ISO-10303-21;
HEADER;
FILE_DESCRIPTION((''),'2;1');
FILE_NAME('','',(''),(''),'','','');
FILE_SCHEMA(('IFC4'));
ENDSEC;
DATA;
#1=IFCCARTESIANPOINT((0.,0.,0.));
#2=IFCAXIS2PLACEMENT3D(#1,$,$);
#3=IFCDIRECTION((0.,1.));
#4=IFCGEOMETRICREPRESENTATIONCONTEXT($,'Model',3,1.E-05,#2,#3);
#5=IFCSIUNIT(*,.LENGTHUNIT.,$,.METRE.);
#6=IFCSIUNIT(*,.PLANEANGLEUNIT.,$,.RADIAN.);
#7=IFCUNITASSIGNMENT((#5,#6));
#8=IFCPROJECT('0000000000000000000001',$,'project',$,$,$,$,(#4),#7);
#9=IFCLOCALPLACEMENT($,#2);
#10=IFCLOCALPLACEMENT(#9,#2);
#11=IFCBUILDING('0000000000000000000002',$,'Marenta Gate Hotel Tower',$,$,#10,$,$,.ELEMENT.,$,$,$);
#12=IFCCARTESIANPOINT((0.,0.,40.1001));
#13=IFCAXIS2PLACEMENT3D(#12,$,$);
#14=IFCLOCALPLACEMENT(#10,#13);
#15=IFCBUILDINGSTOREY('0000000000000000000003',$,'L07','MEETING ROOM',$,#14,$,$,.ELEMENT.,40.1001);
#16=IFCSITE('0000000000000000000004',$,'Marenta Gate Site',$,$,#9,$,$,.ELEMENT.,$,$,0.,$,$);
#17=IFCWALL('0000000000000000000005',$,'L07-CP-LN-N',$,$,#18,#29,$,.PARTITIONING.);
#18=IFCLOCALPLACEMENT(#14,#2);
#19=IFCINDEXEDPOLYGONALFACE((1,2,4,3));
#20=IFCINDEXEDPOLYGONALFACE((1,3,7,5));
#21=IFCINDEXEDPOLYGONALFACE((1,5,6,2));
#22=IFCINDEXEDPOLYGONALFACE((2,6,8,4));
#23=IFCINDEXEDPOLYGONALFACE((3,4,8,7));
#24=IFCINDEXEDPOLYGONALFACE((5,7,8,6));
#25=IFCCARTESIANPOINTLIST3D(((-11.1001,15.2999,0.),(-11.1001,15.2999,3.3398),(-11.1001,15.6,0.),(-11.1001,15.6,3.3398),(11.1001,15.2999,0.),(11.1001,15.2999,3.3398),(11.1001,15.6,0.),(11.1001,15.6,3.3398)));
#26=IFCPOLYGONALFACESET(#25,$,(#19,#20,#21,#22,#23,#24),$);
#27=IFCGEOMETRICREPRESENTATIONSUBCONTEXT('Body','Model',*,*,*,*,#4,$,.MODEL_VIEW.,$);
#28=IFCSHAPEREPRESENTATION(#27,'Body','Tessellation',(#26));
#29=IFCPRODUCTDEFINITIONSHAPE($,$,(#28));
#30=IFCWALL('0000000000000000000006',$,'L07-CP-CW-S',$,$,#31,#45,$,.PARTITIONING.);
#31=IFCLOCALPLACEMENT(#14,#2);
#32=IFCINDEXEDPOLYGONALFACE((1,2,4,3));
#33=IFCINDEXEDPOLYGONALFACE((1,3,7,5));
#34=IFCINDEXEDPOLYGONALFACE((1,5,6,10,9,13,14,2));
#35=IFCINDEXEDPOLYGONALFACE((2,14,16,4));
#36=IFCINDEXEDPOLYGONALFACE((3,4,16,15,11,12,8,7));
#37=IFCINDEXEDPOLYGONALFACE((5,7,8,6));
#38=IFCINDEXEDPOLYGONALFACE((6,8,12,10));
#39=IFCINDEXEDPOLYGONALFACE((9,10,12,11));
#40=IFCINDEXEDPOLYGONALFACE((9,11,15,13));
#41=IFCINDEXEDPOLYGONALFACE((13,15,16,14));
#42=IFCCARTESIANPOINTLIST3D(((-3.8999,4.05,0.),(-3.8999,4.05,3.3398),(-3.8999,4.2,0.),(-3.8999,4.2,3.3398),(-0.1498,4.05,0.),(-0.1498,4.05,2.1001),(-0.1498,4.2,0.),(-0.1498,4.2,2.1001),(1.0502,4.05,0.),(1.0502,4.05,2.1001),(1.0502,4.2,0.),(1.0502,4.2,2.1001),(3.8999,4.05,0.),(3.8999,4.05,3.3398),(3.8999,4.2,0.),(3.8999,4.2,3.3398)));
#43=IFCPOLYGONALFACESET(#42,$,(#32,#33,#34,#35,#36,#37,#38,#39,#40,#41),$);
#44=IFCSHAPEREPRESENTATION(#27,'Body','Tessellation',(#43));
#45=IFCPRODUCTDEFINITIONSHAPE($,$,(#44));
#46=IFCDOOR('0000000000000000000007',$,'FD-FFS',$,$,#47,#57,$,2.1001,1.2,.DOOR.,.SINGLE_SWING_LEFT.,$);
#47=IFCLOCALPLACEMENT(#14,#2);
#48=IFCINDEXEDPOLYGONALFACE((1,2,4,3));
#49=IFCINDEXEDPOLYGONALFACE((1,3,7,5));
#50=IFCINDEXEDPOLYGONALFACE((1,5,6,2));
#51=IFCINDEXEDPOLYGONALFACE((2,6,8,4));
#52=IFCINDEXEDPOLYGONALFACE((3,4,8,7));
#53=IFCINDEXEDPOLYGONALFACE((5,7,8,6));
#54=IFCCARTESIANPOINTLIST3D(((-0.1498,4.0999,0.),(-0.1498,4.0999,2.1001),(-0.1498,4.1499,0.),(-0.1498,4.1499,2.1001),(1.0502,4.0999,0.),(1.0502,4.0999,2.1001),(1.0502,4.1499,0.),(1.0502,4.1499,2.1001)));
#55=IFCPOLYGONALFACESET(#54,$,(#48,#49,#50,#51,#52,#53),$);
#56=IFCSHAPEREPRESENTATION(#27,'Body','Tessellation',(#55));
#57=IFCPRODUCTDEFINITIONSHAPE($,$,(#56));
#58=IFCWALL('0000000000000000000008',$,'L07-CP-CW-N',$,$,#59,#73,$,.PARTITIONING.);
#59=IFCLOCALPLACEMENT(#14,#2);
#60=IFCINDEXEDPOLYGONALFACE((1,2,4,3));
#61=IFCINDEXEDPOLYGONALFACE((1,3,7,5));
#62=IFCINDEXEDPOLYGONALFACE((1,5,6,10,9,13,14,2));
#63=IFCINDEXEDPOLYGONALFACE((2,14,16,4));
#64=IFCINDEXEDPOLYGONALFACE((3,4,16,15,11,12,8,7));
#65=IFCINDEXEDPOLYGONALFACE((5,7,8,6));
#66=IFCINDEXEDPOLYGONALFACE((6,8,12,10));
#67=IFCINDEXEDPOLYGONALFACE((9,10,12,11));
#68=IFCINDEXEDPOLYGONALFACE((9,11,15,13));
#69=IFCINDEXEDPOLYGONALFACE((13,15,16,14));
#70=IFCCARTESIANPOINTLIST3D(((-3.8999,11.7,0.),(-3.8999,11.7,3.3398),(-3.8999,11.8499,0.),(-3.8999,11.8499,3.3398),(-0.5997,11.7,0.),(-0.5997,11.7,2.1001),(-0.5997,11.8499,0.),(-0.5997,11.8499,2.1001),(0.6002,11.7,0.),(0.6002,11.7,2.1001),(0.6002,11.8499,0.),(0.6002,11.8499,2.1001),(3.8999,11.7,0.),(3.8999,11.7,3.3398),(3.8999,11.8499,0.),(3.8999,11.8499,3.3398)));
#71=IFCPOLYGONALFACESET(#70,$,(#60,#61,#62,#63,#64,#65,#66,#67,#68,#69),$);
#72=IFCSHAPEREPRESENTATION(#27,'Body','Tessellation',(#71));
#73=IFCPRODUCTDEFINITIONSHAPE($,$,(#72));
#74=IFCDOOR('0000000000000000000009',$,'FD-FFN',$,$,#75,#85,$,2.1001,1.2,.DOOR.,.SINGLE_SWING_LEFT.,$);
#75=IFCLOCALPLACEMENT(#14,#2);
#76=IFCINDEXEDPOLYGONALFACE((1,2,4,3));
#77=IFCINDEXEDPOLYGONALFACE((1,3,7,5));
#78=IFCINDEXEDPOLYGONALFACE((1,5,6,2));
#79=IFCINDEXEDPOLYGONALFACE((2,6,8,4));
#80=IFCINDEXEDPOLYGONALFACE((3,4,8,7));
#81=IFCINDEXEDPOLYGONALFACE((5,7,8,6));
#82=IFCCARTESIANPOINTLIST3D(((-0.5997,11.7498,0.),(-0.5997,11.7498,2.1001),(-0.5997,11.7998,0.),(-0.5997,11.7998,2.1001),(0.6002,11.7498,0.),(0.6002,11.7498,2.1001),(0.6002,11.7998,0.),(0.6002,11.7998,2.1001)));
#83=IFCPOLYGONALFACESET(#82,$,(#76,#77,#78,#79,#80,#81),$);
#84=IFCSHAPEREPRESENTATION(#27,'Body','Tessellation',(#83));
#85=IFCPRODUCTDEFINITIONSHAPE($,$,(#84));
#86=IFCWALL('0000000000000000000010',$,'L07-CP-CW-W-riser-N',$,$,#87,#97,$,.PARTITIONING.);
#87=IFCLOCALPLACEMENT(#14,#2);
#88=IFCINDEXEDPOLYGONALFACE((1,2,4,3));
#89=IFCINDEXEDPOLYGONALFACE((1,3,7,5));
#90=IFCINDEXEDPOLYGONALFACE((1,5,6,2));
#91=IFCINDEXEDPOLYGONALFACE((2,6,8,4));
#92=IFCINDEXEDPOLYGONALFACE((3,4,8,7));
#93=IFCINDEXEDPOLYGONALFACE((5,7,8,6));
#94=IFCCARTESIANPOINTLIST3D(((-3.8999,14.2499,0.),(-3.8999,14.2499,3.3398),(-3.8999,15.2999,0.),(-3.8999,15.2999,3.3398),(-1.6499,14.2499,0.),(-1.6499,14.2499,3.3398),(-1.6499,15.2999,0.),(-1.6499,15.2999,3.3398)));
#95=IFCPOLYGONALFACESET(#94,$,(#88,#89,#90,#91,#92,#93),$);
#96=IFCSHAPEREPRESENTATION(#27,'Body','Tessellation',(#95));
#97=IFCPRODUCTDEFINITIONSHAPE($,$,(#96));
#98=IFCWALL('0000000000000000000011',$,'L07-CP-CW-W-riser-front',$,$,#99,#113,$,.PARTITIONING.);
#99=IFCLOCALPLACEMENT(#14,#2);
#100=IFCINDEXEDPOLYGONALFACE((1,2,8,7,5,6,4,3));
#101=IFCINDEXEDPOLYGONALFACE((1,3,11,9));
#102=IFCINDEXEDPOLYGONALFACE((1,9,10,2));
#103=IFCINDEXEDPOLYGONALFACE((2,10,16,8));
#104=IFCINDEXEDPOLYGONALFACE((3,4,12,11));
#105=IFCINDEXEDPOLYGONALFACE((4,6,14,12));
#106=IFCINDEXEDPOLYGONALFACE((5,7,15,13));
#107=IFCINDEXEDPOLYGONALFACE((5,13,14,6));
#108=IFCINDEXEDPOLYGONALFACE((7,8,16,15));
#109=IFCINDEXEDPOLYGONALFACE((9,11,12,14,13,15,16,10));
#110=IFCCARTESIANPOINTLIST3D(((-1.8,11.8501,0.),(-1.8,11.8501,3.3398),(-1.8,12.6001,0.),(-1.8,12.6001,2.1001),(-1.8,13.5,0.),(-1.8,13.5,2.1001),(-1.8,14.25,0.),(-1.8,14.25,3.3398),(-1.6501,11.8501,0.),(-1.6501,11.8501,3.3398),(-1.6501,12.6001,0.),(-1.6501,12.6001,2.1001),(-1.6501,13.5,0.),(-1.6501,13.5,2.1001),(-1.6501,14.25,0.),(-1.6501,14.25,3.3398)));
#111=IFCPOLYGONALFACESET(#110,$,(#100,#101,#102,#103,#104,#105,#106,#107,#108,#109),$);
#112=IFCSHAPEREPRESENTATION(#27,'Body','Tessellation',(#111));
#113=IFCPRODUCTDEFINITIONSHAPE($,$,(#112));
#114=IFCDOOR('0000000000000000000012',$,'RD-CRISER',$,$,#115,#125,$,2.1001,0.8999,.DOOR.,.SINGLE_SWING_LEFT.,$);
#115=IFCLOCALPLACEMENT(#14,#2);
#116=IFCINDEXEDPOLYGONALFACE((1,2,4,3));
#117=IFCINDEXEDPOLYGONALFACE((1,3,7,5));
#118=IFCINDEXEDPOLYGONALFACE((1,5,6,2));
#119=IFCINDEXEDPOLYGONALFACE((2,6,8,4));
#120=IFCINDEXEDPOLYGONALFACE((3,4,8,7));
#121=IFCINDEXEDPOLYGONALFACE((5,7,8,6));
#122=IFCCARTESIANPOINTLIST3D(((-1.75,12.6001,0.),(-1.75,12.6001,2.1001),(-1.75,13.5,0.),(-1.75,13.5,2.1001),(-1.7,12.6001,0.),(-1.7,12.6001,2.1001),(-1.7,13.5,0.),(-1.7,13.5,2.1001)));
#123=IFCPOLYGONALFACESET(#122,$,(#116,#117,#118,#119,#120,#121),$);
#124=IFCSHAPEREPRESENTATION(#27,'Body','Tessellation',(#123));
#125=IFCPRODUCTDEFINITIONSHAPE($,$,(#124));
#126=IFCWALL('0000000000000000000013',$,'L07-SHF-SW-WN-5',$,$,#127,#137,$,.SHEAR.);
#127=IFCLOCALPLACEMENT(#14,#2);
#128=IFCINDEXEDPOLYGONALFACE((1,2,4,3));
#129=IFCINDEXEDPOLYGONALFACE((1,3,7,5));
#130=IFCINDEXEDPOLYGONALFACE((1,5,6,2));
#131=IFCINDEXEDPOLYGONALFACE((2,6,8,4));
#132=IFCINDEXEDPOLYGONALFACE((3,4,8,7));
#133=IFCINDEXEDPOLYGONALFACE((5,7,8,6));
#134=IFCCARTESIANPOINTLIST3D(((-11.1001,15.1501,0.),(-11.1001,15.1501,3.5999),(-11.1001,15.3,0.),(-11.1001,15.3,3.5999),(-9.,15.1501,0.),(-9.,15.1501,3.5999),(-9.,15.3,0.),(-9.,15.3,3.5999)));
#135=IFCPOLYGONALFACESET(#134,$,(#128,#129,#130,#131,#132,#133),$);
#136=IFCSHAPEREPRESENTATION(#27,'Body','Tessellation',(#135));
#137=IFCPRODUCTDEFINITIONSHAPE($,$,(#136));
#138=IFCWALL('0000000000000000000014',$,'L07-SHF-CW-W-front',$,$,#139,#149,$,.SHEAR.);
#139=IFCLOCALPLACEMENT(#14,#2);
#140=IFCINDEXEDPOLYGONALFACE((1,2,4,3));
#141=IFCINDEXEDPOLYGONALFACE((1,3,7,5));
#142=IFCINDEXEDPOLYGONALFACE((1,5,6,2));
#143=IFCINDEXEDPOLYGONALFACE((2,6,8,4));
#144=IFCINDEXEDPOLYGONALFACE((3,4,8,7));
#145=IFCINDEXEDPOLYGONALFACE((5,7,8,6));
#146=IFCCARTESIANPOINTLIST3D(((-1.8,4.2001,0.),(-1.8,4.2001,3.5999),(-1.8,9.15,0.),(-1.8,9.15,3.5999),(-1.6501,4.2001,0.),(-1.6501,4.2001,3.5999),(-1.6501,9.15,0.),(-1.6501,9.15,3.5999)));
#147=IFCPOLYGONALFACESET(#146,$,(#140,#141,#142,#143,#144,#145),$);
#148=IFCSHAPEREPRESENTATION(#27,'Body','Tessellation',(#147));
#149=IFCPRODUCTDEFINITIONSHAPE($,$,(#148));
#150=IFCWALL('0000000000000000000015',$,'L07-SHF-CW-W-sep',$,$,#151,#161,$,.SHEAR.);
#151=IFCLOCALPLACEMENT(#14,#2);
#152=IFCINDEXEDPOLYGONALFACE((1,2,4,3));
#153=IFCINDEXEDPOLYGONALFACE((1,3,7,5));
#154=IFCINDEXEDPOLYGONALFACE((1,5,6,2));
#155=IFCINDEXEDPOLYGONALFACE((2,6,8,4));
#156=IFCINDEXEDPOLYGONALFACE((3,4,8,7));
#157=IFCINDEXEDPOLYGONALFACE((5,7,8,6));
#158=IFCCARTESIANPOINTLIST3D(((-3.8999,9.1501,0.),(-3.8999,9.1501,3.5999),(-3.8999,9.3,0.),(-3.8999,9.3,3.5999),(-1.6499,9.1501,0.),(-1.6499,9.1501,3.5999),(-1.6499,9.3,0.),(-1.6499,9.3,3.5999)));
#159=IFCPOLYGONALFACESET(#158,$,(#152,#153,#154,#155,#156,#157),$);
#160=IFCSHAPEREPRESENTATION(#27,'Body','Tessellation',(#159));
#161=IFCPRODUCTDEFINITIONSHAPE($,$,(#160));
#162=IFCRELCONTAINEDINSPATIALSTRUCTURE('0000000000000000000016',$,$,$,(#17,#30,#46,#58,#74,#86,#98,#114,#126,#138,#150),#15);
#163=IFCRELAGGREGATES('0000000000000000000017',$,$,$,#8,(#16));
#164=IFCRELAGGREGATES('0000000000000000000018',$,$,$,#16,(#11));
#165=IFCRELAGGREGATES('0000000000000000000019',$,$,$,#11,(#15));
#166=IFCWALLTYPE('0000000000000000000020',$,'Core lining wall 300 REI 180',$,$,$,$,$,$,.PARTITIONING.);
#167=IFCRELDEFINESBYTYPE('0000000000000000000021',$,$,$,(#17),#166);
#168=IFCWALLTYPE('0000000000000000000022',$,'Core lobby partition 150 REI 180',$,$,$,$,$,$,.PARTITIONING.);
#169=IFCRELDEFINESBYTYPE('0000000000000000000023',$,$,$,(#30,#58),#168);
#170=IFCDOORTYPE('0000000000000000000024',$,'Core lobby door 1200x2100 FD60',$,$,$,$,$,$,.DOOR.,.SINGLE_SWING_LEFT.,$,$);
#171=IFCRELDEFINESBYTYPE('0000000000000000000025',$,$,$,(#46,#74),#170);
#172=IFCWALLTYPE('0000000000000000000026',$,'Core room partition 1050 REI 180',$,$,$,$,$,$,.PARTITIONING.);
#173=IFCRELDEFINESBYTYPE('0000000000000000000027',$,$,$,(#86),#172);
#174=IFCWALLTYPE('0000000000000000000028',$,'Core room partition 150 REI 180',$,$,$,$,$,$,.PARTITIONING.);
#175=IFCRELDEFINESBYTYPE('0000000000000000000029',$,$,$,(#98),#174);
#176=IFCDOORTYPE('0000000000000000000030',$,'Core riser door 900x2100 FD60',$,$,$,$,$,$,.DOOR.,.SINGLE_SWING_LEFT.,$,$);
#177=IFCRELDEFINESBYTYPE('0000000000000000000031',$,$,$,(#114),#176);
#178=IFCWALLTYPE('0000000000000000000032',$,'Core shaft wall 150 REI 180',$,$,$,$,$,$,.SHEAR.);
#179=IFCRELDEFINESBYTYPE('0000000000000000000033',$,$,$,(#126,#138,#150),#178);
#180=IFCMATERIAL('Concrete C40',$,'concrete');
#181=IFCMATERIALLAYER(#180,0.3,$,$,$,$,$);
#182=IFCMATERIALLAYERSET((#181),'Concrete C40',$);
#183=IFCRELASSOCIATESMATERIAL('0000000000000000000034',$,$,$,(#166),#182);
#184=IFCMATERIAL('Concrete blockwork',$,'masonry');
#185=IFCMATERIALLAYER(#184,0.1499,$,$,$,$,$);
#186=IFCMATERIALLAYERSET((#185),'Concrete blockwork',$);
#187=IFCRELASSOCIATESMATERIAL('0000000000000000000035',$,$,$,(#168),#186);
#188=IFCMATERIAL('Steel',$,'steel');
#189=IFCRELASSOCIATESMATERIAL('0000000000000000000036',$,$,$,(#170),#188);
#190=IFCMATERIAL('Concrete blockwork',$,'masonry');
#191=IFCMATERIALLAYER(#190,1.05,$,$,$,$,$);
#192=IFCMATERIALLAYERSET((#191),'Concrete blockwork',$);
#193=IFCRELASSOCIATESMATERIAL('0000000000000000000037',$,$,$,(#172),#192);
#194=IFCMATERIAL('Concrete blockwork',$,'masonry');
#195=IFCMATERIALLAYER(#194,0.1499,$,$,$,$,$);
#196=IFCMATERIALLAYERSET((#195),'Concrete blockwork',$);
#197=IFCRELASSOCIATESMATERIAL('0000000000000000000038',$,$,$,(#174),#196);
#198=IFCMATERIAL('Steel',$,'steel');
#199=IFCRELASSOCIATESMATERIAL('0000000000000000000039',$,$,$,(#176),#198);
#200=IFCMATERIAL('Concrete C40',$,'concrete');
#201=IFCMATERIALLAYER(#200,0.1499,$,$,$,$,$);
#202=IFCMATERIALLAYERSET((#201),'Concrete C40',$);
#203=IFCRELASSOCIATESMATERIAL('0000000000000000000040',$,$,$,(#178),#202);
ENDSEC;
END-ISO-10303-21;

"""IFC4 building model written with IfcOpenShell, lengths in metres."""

from ifc_helpers import new_model, si_unit, direction, frame, frame_2d, origin, place, context, subcontext, project, spatial, rectangle, extrude, material, layer, layer_set, type_object, element, fill, save


model = new_model("IFC4")

# Units and contexts
model_context = context("Model", 3, precision=1e-05, world=origin(), true_north=direction((0.0, 1.0)))
body_context = subcontext(model_context, "Body", "Model", "MODEL_VIEW")
ifc_project = project(units=[si_unit("LENGTHUNIT", "METRE"), si_unit("PLANEANGLEUNIT", "RADIAN")], contexts=[model_context])

# Site, building, storey
site_placement = place(None, origin())
site = spatial("IfcSite", under=ifc_project, at=site_placement, Name="Marenta Gate Site", CompositionType="ELEMENT", RefElevation=0.0)
building_placement = place(site_placement, origin())
building = spatial("IfcBuilding", under=site, at=building_placement, Name="Marenta Gate Hotel Tower", CompositionType="ELEMENT")
storey_placement = place(building_placement, frame((0.0, 0.0, 40.1001)))
storey = spatial("IfcBuildingStorey", under=building, at=storey_placement, Name="L07", Description="MEETING ROOM", CompositionType="ELEMENT", Elevation=40.1001)

# Wall
ifc_material_1 = material(Name="Concrete C40", Category="concrete")
ifc_layer_1 = layer(ifc_material_1, 0.3)
ifc_layer_set_1 = layer_set([ifc_layer_1], Name="Concrete C40")
wall_type_1 = type_object("IfcWallType", Name="Core lining wall 300 REI 180", PredefinedType="PARTITIONING", material=ifc_layer_set_1)
wall_1_placement = place(storey_placement, frame((-11.1001, 15.45, 0.0), z_axis=(0.0, 0.0, 1.0), x_axis=(1.0, 0.0, 0.0)))
element("IfcWall", 1, at=wall_1_placement, inside=storey, type_object=wall_type_1, Name="L07-CP-LN-N", PredefinedType="PARTITIONING", context=body_context, shape_type="SweptSolid", body=[
    extrude(rectangle(XDim=22.2002, YDim=0.3, at=frame_2d((11.1001, 0.0))), origin(), (0.0, 0.0, 1.0), 3.3398),
])

# Walls, openings, doors
ifc_material_2 = material(Name="Concrete blockwork", Category="masonry")
ifc_layer_2 = layer(ifc_material_2, 0.1499)
ifc_layer_set_2 = layer_set([ifc_layer_2], Name="Concrete blockwork")
wall_type_2 = type_object("IfcWallType", Name="Core lobby partition 150 REI 180", PredefinedType="PARTITIONING", material=ifc_layer_set_2)
wall_2_placement = place(storey_placement, frame((-3.8999, 4.125, 0.0), z_axis=(0.0, 0.0, 1.0), x_axis=(1.0, 0.0, 0.0)))
wall_2 = element("IfcWall", 2, at=wall_2_placement, inside=storey, type_object=wall_type_2, Name="L07-CP-CW-S", PredefinedType="PARTITIONING", context=body_context, shape_type="SweptSolid", body=[
    extrude(rectangle(XDim=7.7998, YDim=0.1499, at=frame_2d((3.8999, 0.0))), origin(), (0.0, 0.0, 1.0), 3.3398),
])
opening_1_placement = place(wall_2_placement, frame((3.75, 0.0, 0.0)))
opening_1 = element("IfcOpeningElement", 3, at=opening_1_placement, cuts=wall_2, PredefinedType="OPENING", context=body_context, shape_type="SweptSolid", body=[
    extrude(rectangle(XDim=1.2, YDim=2.1001, at=frame_2d((0.6001, 1.05))), frame((0.0, 0.075, 0.0), z_axis=(0.0, -1.0, 0.0), x_axis=(1.0, 0.0, 0.0)), (0.0, 0.0, 1.0), 0.1499),
])
ifc_material_3 = material(Name="Steel", Category="steel")
door_type_1 = type_object("IfcDoorType", Name="Core lobby door 1200x2100 FD60", OperationType="SINGLE_SWING_LEFT", PredefinedType="DOOR", material=ifc_material_3)
door_1_placement = place(opening_1_placement, origin())
door_1 = element("IfcDoor", 4, at=door_1_placement, inside=storey, type_object=door_type_1, Name="FD-FFS", OperationType="SINGLE_SWING_LEFT", OverallHeight=2.1001, OverallWidth=1.2, PredefinedType="DOOR", context=body_context, shape_type="SweptSolid", body=[
    extrude(rectangle(XDim=1.2, YDim=2.1001, at=frame_2d((0.6001, 1.05))), frame((0.0, 0.0249, 0.0), z_axis=(0.0, -1.0, 0.0), x_axis=(1.0, 0.0, 0.0)), (0.0, 0.0, 1.0), 0.05),
])
fill(opening_1, door_1)
wall_3_placement = place(storey_placement, frame((-3.8999, 11.7749, 0.0), z_axis=(0.0, 0.0, 1.0), x_axis=(1.0, 0.0, 0.0)))
wall_3 = element("IfcWall", 5, at=wall_3_placement, inside=storey, type_object=wall_type_2, Name="L07-CP-CW-N", PredefinedType="PARTITIONING", context=body_context, shape_type="SweptSolid", body=[
    extrude(rectangle(XDim=7.7998, YDim=0.1499, at=frame_2d((3.8999, 0.0))), origin(), (0.0, 0.0, 1.0), 3.3398),
])
opening_2_placement = place(wall_3_placement, frame((3.3, 0.0, 0.0)))
opening_2 = element("IfcOpeningElement", 6, at=opening_2_placement, cuts=wall_3, PredefinedType="OPENING", context=body_context, shape_type="SweptSolid", body=[
    extrude(rectangle(XDim=1.2, YDim=2.1001, at=frame_2d((0.6001, 1.05))), frame((0.0, 0.075, 0.0), z_axis=(0.0, -1.0, 0.0), x_axis=(1.0, 0.0, 0.0)), (0.0, 0.0, 1.0), 0.1499),
])
door_2_placement = place(opening_2_placement, origin())
door_2 = element("IfcDoor", 7, at=door_2_placement, inside=storey, type_object=door_type_1, Name="FD-FFN", OperationType="SINGLE_SWING_LEFT", OverallHeight=2.1001, OverallWidth=1.2, PredefinedType="DOOR", context=body_context, shape_type="SweptSolid", body=[
    extrude(rectangle(XDim=1.2, YDim=2.1001, at=frame_2d((0.6001, 1.05))), frame((0.0, 0.0249, 0.0), z_axis=(0.0, -1.0, 0.0), x_axis=(1.0, 0.0, 0.0)), (0.0, 0.0, 1.0), 0.05),
])
fill(opening_2, door_2)

# Wall
ifc_material_4 = material(Name="Concrete blockwork", Category="masonry")
ifc_layer_3 = layer(ifc_material_4, 1.05)
ifc_layer_set_3 = layer_set([ifc_layer_3], Name="Concrete blockwork")
wall_type_3 = type_object("IfcWallType", Name="Core room partition 1050 REI 180", PredefinedType="PARTITIONING", material=ifc_layer_set_3)
wall_4_placement = place(storey_placement, frame((-3.8999, 14.7749, 0.0), z_axis=(0.0, 0.0, 1.0), x_axis=(1.0, 0.0, 0.0)))
element("IfcWall", 8, at=wall_4_placement, inside=storey, type_object=wall_type_3, Name="L07-CP-CW-W-riser-N", PredefinedType="PARTITIONING", context=body_context, shape_type="SweptSolid", body=[
    extrude(rectangle(XDim=2.25, YDim=1.05, at=frame_2d((1.125, 0.0))), origin(), (0.0, 0.0, 1.0), 3.3398),
])

# Wall, opening, door
ifc_material_5 = material(Name="Concrete blockwork", Category="masonry")
ifc_layer_4 = layer(ifc_material_5, 0.1499)
ifc_layer_set_4 = layer_set([ifc_layer_4], Name="Concrete blockwork")
wall_type_4 = type_object("IfcWallType", Name="Core room partition 150 REI 180", PredefinedType="PARTITIONING", material=ifc_layer_set_4)
wall_5_placement = place(storey_placement, frame((-1.7251, 11.8501, 0.0), z_axis=(0.0, 0.0, 1.0), x_axis=(0.0, 1.0, 0.0)))
wall_5 = element("IfcWall", 9, at=wall_5_placement, inside=storey, type_object=wall_type_4, Name="L07-CP-CW-W-riser-front", PredefinedType="PARTITIONING", context=body_context, shape_type="SweptSolid", body=[
    extrude(rectangle(XDim=2.3999, YDim=0.1499, at=frame_2d((1.2, 0.0))), origin(), (0.0, 0.0, 1.0), 3.3398),
])
opening_3_placement = place(wall_5_placement, frame((0.75, 0.0, 0.0)))
opening_3 = element("IfcOpeningElement", 10, at=opening_3_placement, cuts=wall_5, PredefinedType="OPENING", context=body_context, shape_type="SweptSolid", body=[
    extrude(rectangle(XDim=0.8999, YDim=2.1001, at=frame_2d((0.45, 1.05))), frame((0.0, 0.075, 0.0), z_axis=(0.0, -1.0, 0.0), x_axis=(1.0, 0.0, 0.0)), (0.0, 0.0, 1.0), 0.1499),
])
ifc_material_6 = material(Name="Steel", Category="steel")
door_type_2 = type_object("IfcDoorType", Name="Core riser door 900x2100 FD60", OperationType="SINGLE_SWING_LEFT", PredefinedType="DOOR", material=ifc_material_6)
door_3_placement = place(opening_3_placement, origin())
door_3 = element("IfcDoor", 11, at=door_3_placement, inside=storey, type_object=door_type_2, Name="RD-CRISER", OperationType="SINGLE_SWING_LEFT", OverallHeight=2.1001, OverallWidth=0.8999, PredefinedType="DOOR", context=body_context, shape_type="SweptSolid", body=[
    extrude(rectangle(XDim=0.8999, YDim=2.1001, at=frame_2d((0.45, 1.05))), frame((0.0, 0.0249, 0.0), z_axis=(0.0, -1.0, 0.0), x_axis=(1.0, 0.0, 0.0)), (0.0, 0.0, 1.0), 0.05),
])
fill(opening_3, door_3)

# Walls
ifc_material_7 = material(Name="Concrete C40", Category="concrete")
ifc_layer_5 = layer(ifc_material_7, 0.1499)
ifc_layer_set_5 = layer_set([ifc_layer_5], Name="Concrete C40")
wall_type_5 = type_object("IfcWallType", Name="Core shaft wall 150 REI 180", PredefinedType="SHEAR", material=ifc_layer_set_5)
wall_6_placement = place(storey_placement, frame((-11.1001, 15.2251, 0.0), z_axis=(0.0, 0.0, 1.0), x_axis=(1.0, 0.0, 0.0)))
element("IfcWall", 12, at=wall_6_placement, inside=storey, type_object=wall_type_5, Name="L07-SHF-SW-WN-5", PredefinedType="SHEAR", context=body_context, shape_type="SweptSolid", body=[
    extrude(rectangle(XDim=2.1001, YDim=0.1499, at=frame_2d((1.05, 0.0))), origin(), (0.0, 0.0, 1.0), 3.5999),
])
wall_7_placement = place(storey_placement, frame((-1.7251, 4.2, 0.0), z_axis=(0.0, 0.0, 1.0), x_axis=(0.0, 1.0, 0.0)))
element("IfcWall", 13, at=wall_7_placement, inside=storey, type_object=wall_type_5, Name="L07-SHF-CW-W-front", PredefinedType="SHEAR", context=body_context, shape_type="SweptSolid", body=[
    extrude(rectangle(XDim=4.95, YDim=0.1499, at=frame_2d((2.4751, 0.0))), origin(), (0.0, 0.0, 1.0), 3.5999),
])
wall_8_placement = place(storey_placement, frame((-3.8999, 9.2251, 0.0), z_axis=(0.0, 0.0, 1.0), x_axis=(1.0, 0.0, 0.0)))
element("IfcWall", 14, at=wall_8_placement, inside=storey, type_object=wall_type_5, Name="L07-SHF-CW-W-sep", PredefinedType="SHEAR", context=body_context, shape_type="SweptSolid", body=[
    extrude(rectangle(XDim=2.25, YDim=0.1499, at=frame_2d((1.125, 0.0))), origin(), (0.0, 0.0, 1.0), 3.5999),
])

save(model, "model.ifc")
